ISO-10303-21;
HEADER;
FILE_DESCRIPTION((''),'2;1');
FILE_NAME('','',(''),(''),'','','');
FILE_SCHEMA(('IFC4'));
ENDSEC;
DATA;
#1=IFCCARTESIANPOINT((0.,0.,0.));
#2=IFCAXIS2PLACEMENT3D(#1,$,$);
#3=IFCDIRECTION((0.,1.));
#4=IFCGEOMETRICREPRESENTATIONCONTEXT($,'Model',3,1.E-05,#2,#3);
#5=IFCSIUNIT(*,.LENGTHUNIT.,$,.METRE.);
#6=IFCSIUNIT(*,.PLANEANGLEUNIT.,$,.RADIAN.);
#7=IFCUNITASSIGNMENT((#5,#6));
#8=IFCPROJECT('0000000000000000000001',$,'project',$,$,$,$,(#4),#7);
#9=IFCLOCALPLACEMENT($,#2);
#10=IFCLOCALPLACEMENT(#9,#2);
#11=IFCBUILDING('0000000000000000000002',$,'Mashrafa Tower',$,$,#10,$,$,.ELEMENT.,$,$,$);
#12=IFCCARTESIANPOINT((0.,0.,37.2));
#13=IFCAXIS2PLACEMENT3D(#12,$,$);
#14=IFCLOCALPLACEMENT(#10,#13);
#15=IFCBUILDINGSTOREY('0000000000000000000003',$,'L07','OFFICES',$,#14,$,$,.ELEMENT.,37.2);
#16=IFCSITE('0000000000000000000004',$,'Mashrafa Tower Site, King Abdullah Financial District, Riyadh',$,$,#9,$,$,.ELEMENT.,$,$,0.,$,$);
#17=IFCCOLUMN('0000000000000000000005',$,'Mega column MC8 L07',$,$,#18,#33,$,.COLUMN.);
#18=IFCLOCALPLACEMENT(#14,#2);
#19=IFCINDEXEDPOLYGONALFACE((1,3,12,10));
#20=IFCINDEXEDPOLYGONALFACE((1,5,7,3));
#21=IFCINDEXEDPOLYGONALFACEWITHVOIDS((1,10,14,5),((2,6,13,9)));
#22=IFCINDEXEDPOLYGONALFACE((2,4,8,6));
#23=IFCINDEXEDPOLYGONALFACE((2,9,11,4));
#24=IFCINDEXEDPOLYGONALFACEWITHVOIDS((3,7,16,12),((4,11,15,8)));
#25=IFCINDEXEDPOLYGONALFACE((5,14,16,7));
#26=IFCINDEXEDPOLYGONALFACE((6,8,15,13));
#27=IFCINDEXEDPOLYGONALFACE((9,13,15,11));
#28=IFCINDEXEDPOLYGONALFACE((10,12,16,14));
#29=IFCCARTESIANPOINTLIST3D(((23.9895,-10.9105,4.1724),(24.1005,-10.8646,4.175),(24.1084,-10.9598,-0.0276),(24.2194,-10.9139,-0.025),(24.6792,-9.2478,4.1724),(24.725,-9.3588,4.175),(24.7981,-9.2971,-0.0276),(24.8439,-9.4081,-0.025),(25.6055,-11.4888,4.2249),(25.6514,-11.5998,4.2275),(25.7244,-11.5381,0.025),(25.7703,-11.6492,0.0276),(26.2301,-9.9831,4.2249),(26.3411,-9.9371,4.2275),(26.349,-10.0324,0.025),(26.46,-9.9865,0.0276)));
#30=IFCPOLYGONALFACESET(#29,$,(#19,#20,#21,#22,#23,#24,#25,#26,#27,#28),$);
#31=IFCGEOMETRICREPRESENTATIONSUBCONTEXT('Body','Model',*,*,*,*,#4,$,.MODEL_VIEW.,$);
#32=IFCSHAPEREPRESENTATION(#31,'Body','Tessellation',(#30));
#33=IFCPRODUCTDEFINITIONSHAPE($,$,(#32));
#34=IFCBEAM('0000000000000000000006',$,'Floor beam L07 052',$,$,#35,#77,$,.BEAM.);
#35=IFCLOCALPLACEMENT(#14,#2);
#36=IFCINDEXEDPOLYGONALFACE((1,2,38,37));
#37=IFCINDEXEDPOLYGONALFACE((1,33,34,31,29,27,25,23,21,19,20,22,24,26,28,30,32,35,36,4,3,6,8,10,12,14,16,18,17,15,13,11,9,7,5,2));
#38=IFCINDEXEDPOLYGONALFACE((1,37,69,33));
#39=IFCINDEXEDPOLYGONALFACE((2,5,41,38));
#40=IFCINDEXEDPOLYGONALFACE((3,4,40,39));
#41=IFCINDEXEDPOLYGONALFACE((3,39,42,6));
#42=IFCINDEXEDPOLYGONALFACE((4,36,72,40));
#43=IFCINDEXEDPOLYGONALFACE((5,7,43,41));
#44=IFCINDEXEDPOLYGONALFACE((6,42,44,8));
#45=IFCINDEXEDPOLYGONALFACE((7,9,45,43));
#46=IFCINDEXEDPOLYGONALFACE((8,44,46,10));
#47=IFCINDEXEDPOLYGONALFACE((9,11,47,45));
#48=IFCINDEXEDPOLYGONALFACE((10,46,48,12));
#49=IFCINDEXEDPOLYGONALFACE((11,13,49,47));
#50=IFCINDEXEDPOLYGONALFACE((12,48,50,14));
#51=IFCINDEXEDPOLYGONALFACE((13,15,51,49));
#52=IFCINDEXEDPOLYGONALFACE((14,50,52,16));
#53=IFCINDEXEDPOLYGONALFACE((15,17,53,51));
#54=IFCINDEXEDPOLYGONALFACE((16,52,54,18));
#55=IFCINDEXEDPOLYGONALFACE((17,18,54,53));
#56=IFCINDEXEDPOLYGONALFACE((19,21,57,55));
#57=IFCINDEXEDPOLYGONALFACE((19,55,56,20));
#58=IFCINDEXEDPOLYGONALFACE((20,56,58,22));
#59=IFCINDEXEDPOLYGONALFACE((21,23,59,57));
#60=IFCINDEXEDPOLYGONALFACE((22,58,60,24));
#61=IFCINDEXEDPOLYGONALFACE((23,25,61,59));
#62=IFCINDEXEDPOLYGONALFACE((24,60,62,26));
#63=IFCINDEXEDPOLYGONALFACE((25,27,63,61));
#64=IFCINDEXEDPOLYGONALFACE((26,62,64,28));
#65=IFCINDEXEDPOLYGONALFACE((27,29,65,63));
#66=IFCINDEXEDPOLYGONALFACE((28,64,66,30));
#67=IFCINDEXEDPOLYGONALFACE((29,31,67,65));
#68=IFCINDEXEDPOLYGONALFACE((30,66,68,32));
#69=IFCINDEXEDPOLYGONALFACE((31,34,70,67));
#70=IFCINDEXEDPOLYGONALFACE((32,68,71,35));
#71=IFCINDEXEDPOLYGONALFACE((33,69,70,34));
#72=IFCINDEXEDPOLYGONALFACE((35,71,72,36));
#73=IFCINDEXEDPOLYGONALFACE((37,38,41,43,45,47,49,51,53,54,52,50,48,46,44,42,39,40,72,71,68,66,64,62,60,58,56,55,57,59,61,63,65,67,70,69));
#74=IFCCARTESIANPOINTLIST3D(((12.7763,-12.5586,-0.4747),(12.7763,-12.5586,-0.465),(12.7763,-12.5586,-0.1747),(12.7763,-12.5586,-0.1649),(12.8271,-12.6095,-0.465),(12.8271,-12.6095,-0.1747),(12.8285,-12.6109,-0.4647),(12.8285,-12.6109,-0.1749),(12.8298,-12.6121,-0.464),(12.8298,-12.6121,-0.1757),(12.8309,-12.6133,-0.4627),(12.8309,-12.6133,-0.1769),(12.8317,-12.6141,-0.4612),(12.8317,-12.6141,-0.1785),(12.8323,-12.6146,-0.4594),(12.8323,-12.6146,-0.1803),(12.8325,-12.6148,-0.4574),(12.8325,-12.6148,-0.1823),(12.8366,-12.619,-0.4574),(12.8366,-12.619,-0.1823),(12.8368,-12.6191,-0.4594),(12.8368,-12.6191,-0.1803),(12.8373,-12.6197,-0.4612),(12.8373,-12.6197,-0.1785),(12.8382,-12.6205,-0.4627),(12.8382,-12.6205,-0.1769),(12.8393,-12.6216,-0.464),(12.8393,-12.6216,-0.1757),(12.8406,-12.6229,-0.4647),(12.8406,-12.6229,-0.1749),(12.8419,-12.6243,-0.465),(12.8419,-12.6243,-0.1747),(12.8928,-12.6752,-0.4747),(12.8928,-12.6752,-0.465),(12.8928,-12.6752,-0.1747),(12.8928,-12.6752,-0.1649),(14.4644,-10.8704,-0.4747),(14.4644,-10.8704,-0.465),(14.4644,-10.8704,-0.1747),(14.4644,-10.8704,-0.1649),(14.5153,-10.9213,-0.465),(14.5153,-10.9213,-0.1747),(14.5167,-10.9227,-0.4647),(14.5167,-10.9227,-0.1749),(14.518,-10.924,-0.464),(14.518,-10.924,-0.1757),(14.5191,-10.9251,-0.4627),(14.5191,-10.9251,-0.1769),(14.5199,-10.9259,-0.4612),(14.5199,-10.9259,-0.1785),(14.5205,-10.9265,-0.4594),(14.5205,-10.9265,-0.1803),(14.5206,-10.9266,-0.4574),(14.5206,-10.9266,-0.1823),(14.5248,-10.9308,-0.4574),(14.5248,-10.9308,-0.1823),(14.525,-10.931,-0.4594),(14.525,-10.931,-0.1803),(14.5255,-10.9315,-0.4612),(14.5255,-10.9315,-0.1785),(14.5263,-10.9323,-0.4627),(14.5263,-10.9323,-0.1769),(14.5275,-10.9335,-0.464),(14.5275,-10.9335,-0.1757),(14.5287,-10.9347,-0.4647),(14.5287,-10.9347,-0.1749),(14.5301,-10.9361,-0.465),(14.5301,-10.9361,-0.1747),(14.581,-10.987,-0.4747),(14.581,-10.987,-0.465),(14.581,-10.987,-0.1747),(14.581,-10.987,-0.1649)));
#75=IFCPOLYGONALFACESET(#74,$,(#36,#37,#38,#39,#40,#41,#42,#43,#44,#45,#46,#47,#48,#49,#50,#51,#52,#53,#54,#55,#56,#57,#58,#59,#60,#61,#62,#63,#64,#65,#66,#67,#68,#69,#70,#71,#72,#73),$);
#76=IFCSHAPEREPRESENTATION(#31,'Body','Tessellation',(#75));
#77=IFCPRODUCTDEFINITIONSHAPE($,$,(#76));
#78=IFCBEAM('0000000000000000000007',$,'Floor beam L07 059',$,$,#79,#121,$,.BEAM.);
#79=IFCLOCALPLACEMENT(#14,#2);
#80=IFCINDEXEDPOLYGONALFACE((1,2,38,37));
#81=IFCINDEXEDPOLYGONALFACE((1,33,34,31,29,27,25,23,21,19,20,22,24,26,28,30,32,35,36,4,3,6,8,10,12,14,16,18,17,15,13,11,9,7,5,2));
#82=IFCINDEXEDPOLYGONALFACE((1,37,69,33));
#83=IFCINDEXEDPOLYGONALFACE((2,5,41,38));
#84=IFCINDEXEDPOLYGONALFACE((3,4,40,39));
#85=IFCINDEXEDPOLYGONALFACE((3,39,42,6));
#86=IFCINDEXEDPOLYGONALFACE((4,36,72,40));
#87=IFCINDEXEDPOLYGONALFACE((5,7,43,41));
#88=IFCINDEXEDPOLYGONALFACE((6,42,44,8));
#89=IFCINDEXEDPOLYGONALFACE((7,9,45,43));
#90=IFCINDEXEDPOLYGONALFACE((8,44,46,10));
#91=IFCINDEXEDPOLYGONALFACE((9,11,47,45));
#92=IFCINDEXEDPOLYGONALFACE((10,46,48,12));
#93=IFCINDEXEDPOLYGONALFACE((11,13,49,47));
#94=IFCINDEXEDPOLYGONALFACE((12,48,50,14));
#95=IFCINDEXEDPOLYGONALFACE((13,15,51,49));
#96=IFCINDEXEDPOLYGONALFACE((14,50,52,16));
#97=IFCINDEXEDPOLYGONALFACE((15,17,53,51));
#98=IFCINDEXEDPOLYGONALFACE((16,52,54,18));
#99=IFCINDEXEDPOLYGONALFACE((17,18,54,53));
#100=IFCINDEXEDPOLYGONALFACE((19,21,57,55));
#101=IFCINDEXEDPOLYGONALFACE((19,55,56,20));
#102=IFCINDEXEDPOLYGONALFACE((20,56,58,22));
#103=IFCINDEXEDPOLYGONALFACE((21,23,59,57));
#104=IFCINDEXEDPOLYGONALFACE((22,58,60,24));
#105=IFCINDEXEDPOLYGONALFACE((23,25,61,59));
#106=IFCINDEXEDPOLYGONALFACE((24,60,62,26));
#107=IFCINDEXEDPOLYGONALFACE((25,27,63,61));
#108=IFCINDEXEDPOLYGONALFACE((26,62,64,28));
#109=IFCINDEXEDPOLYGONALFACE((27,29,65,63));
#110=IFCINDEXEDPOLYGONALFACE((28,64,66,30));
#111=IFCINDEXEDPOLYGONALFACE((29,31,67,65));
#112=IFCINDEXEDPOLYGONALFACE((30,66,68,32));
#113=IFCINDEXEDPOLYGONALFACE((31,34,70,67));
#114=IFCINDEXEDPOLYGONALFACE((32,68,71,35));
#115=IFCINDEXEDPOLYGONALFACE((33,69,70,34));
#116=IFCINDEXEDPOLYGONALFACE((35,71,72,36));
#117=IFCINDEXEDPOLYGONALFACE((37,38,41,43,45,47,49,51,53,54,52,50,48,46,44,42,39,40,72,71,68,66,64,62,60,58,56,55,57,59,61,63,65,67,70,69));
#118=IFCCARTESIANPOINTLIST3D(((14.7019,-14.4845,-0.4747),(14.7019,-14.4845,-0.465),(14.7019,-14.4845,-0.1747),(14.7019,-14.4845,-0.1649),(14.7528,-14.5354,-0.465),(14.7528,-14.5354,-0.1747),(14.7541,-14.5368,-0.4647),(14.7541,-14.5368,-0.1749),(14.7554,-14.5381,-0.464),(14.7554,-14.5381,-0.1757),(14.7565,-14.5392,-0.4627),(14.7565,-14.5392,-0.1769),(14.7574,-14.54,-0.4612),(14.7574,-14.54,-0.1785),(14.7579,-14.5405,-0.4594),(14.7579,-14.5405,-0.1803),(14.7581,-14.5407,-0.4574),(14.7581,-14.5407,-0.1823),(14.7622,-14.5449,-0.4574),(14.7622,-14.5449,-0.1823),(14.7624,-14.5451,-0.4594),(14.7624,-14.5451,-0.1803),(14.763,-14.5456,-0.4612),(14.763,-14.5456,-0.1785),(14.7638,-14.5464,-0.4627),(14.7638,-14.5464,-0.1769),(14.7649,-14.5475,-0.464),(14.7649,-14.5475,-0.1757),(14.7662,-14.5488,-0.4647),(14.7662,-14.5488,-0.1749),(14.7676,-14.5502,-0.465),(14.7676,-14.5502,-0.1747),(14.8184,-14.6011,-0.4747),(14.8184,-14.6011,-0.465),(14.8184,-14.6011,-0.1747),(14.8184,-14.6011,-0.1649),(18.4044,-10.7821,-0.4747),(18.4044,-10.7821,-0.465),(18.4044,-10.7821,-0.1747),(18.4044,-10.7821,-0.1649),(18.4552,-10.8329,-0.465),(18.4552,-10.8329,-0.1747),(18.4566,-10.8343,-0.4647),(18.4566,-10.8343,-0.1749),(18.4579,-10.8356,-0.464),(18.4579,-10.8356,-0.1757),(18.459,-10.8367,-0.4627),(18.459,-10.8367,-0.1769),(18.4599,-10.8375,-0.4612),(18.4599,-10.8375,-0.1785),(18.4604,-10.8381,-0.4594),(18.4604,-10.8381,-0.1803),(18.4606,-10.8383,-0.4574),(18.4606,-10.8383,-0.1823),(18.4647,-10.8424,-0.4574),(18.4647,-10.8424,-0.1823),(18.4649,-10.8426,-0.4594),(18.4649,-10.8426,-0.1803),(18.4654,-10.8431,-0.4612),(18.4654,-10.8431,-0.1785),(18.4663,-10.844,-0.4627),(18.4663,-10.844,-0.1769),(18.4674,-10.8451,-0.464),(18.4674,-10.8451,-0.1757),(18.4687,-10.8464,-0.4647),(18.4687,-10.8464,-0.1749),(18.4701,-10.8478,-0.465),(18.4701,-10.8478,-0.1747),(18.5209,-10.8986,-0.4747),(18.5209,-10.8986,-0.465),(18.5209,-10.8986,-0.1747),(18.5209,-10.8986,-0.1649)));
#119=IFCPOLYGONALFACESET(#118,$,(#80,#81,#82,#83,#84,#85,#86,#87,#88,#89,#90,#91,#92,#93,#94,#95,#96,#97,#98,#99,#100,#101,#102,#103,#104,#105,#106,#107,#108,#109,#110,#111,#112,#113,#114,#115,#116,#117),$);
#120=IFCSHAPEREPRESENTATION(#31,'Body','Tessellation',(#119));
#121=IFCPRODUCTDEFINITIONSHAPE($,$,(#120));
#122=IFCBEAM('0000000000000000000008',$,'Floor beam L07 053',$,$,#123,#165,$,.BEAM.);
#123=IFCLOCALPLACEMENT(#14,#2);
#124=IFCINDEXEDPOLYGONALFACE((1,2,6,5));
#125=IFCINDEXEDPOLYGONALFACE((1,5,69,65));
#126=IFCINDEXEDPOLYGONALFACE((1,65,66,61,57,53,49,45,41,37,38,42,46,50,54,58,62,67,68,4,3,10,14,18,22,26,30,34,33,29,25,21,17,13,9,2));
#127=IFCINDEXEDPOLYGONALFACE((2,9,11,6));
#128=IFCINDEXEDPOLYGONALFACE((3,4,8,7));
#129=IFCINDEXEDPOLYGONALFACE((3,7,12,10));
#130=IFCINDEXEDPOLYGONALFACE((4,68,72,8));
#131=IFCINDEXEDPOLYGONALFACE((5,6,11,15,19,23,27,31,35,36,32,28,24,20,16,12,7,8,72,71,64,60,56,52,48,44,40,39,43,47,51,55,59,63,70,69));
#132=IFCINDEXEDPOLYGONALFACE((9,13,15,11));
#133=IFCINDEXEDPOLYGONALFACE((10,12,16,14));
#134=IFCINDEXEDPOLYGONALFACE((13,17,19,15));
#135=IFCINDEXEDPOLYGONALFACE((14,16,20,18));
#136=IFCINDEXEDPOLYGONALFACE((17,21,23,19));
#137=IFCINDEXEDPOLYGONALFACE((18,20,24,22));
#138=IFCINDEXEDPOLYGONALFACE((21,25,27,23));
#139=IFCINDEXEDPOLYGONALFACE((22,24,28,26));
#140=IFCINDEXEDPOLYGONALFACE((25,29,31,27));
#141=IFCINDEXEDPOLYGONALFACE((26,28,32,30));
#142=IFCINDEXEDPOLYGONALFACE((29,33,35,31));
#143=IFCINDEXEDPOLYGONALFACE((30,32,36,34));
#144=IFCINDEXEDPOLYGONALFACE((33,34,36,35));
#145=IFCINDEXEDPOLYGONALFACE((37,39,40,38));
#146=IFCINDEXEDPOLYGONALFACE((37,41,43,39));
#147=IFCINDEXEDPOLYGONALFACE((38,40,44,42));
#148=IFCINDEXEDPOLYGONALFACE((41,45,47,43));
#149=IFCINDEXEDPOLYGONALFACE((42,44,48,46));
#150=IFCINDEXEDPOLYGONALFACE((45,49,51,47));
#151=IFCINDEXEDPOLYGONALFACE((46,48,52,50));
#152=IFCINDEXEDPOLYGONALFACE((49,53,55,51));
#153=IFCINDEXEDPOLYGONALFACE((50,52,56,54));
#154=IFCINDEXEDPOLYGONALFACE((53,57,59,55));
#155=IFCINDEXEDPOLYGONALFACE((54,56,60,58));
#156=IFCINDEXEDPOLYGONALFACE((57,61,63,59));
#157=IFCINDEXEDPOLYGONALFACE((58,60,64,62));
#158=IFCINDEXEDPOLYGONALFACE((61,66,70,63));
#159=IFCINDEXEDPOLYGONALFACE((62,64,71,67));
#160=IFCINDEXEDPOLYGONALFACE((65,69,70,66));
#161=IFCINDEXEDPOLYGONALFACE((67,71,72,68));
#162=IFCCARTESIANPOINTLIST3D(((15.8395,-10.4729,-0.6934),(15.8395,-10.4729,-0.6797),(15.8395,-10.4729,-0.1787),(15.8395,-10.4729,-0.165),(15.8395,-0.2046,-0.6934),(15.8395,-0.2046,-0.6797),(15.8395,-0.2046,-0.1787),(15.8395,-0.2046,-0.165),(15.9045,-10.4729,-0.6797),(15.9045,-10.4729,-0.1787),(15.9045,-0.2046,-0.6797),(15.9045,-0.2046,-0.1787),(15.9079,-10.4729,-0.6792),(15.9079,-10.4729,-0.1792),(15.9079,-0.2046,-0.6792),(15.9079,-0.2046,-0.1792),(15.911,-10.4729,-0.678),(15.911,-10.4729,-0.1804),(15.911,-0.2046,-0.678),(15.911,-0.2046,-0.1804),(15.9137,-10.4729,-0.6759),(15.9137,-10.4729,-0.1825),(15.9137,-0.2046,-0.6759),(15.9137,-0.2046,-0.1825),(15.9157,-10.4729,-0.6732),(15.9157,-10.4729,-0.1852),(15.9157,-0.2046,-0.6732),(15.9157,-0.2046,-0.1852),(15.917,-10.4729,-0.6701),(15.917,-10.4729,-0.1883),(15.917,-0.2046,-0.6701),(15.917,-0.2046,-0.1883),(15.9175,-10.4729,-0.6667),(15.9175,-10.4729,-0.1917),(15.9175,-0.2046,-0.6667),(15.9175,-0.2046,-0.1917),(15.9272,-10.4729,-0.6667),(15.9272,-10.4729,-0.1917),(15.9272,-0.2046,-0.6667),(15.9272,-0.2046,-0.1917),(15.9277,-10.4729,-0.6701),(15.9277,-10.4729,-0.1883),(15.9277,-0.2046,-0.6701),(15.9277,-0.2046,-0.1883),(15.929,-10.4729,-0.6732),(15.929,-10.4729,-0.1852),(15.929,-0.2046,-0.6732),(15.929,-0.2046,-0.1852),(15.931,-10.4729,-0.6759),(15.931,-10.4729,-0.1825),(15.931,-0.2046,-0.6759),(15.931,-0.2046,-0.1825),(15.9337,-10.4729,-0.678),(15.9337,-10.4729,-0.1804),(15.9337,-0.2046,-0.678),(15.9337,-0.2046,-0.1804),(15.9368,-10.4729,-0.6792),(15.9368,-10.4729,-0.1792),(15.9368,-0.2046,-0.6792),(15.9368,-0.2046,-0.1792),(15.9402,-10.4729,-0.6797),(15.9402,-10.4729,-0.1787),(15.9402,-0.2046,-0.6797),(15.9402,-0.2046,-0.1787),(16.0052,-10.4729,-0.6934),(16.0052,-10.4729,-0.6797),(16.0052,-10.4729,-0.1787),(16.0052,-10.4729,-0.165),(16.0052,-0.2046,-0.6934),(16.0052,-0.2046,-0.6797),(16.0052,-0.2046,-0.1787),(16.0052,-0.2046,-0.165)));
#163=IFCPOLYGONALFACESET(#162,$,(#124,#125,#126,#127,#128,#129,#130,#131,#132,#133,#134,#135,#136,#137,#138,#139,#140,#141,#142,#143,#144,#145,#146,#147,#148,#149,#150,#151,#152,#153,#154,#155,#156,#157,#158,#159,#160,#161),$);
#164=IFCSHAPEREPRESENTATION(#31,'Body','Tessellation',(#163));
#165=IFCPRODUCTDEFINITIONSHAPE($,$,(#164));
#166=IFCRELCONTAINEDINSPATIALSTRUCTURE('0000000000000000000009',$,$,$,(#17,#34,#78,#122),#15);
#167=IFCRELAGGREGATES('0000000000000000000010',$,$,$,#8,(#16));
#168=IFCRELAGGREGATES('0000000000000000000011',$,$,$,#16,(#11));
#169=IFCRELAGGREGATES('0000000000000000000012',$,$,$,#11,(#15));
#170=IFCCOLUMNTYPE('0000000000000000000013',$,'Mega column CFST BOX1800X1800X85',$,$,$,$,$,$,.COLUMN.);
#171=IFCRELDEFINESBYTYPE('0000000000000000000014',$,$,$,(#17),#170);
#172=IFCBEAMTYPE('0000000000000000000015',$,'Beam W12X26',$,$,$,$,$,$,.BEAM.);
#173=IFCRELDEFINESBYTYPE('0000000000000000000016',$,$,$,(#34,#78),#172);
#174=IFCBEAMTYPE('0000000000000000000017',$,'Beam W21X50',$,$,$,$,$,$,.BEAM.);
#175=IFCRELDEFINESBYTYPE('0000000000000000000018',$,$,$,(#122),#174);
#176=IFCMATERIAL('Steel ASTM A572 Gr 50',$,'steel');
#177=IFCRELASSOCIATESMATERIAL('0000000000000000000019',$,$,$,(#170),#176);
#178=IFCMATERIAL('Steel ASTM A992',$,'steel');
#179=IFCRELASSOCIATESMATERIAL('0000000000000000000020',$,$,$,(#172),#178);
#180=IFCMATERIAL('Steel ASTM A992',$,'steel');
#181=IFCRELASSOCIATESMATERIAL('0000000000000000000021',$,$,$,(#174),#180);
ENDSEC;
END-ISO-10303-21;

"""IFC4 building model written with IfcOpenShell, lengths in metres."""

from ifc_helpers import new_model, si_unit, direction, frame, origin, origin_2d, place, context, subcontext, project, spatial, hollow_rectangle, i_section, extrude, material, material_profile, profile_set, type_object, element, save


model = new_model("IFC4")

# Units and contexts
model_context = context("Model", 3, precision=1e-05, world=origin(), true_north=direction((0.0, 1.0)))
body_context = subcontext(model_context, "Body", "Model", "MODEL_VIEW")
ifc_project = project(units=[si_unit("LENGTHUNIT", "METRE"), si_unit("PLANEANGLEUNIT", "RADIAN")], contexts=[model_context])

# Site, building, storey
site_placement = place(None, origin())
site = spatial("IfcSite", under=ifc_project, at=site_placement, Name="Mashrafa Tower Site, King Abdullah Financial District, Riyadh", CompositionType="ELEMENT", RefElevation=0.0)
building_placement = place(site_placement, origin())
building = spatial("IfcBuilding", under=site, at=building_placement, Name="Mashrafa Tower", CompositionType="ELEMENT")
storey_placement = place(building_placement, frame((0.0, 0.0, 37.2)))
storey = spatial("IfcBuildingStorey", under=building, at=storey_placement, Name="L07", Description="OFFICES", CompositionType="ELEMENT", Elevation=37.2)

# Column
ifc_material_1 = material(Name="Steel ASTM A572 Gr 50", Category="steel")
ifc_material_profile_1 = material_profile(ifc_material_1, hollow_rectangle(XDim=1.8, YDim=1.8, WallThickness=0.085, at=origin_2d()), Name="BOX1800X1800X85")
ifc_profile_set_1 = profile_set([ifc_material_profile_1], Name="Steel ASTM A572 Gr 50")
column_type = type_object("IfcColumnType", Name="Mega column CFST BOX1800X1800X85", PredefinedType="COLUMN", material=ifc_profile_set_1)
column_placement = place(storey_placement, frame((25.2842, -10.4731, 0.0), z_axis=(-0.028296, 0.011737, 0.999531), x_axis=(-0.383133, -0.923693, 0.0)))
element("IfcColumn", 1, at=column_placement, inside=storey, type_object=column_type, Name="Mega column MC8 L07", PredefinedType="COLUMN", context=body_context, shape_type="SweptSolid", body=[
    extrude(hollow_rectangle(XDim=1.8, YDim=1.8, WallThickness=0.085, at=origin_2d()), origin(), (0.0, 0.0, 1.0), 4.2019),
])

# Beams
ifc_material_2 = material(Name="Steel ASTM A992", Category="steel")
ifc_material_profile_2 = material_profile(ifc_material_2, i_section(OverallWidth=0.1648, OverallDepth=0.3098, WebThickness=0.0059, FlangeThickness=0.0098, FilletRadius=0.0076, at=origin_2d()), Name="W12X26")
ifc_profile_set_2 = profile_set([ifc_material_profile_2], Name="Steel ASTM A992")
beam_type_1 = type_object("IfcBeamType", Name="Beam W12X26", PredefinedType="BEAM", material=ifc_profile_set_2)
beam_1_placement = place(storey_placement, frame((14.5227, -10.9287, -0.3198), z_axis=(-0.707107, -0.707107, 0.0), x_axis=(0.707107, -0.707107, 0.0)))
element("IfcBeam", 2, at=beam_1_placement, inside=storey, type_object=beam_type_1, Name="Floor beam L07 052", PredefinedType="BEAM", context=body_context, shape_type="SweptSolid", body=[
    extrude(i_section(OverallWidth=0.1648, OverallDepth=0.3098, WebThickness=0.0059, FlangeThickness=0.0098, FilletRadius=0.0076, at=origin_2d()), origin(), (0.0, 0.0, 1.0), 2.3875),
])
beam_2_placement = place(storey_placement, frame((18.4626, -10.8403, -0.3198), z_axis=(-0.707107, -0.707107, 0.0), x_axis=(0.707107, -0.707107, 0.0)))
element("IfcBeam", 3, at=beam_2_placement, inside=storey, type_object=beam_type_1, Name="Floor beam L07 059", PredefinedType="BEAM", context=body_context, shape_type="SweptSolid", body=[
    extrude(i_section(OverallWidth=0.1648, OverallDepth=0.3098, WebThickness=0.0059, FlangeThickness=0.0098, FilletRadius=0.0076, at=origin_2d()), origin(), (0.0, 0.0, 1.0), 5.2361),
])
ifc_material_3 = material(Name="Steel ASTM A992", Category="steel")
ifc_material_profile_3 = material_profile(ifc_material_3, i_section(OverallWidth=0.1658, OverallDepth=0.5283, WebThickness=0.0098, FlangeThickness=0.0137, FilletRadius=0.0129, at=origin_2d()), Name="W21X50")
ifc_profile_set_3 = profile_set([ifc_material_profile_3], Name="Steel ASTM A992")
beam_type_2 = type_object("IfcBeamType", Name="Beam W21X50", PredefinedType="BEAM", material=ifc_profile_set_3)
beam_3_placement = place(storey_placement, frame((15.9224, -0.2046, -0.4292), z_axis=(0.0, -1.0, 0.0), x_axis=(1.0, 0.0, 0.0)))
element("IfcBeam", 4, at=beam_3_placement, inside=storey, type_object=beam_type_2, Name="Floor beam L07 053", PredefinedType="BEAM", context=body_context, shape_type="SweptSolid", body=[
    extrude(i_section(OverallWidth=0.1658, OverallDepth=0.5283, WebThickness=0.0098, FlangeThickness=0.0137, FilletRadius=0.0129, at=origin_2d()), origin(), (0.0, 0.0, 1.0), 10.2683),
])

save(model, "model.ifc")
